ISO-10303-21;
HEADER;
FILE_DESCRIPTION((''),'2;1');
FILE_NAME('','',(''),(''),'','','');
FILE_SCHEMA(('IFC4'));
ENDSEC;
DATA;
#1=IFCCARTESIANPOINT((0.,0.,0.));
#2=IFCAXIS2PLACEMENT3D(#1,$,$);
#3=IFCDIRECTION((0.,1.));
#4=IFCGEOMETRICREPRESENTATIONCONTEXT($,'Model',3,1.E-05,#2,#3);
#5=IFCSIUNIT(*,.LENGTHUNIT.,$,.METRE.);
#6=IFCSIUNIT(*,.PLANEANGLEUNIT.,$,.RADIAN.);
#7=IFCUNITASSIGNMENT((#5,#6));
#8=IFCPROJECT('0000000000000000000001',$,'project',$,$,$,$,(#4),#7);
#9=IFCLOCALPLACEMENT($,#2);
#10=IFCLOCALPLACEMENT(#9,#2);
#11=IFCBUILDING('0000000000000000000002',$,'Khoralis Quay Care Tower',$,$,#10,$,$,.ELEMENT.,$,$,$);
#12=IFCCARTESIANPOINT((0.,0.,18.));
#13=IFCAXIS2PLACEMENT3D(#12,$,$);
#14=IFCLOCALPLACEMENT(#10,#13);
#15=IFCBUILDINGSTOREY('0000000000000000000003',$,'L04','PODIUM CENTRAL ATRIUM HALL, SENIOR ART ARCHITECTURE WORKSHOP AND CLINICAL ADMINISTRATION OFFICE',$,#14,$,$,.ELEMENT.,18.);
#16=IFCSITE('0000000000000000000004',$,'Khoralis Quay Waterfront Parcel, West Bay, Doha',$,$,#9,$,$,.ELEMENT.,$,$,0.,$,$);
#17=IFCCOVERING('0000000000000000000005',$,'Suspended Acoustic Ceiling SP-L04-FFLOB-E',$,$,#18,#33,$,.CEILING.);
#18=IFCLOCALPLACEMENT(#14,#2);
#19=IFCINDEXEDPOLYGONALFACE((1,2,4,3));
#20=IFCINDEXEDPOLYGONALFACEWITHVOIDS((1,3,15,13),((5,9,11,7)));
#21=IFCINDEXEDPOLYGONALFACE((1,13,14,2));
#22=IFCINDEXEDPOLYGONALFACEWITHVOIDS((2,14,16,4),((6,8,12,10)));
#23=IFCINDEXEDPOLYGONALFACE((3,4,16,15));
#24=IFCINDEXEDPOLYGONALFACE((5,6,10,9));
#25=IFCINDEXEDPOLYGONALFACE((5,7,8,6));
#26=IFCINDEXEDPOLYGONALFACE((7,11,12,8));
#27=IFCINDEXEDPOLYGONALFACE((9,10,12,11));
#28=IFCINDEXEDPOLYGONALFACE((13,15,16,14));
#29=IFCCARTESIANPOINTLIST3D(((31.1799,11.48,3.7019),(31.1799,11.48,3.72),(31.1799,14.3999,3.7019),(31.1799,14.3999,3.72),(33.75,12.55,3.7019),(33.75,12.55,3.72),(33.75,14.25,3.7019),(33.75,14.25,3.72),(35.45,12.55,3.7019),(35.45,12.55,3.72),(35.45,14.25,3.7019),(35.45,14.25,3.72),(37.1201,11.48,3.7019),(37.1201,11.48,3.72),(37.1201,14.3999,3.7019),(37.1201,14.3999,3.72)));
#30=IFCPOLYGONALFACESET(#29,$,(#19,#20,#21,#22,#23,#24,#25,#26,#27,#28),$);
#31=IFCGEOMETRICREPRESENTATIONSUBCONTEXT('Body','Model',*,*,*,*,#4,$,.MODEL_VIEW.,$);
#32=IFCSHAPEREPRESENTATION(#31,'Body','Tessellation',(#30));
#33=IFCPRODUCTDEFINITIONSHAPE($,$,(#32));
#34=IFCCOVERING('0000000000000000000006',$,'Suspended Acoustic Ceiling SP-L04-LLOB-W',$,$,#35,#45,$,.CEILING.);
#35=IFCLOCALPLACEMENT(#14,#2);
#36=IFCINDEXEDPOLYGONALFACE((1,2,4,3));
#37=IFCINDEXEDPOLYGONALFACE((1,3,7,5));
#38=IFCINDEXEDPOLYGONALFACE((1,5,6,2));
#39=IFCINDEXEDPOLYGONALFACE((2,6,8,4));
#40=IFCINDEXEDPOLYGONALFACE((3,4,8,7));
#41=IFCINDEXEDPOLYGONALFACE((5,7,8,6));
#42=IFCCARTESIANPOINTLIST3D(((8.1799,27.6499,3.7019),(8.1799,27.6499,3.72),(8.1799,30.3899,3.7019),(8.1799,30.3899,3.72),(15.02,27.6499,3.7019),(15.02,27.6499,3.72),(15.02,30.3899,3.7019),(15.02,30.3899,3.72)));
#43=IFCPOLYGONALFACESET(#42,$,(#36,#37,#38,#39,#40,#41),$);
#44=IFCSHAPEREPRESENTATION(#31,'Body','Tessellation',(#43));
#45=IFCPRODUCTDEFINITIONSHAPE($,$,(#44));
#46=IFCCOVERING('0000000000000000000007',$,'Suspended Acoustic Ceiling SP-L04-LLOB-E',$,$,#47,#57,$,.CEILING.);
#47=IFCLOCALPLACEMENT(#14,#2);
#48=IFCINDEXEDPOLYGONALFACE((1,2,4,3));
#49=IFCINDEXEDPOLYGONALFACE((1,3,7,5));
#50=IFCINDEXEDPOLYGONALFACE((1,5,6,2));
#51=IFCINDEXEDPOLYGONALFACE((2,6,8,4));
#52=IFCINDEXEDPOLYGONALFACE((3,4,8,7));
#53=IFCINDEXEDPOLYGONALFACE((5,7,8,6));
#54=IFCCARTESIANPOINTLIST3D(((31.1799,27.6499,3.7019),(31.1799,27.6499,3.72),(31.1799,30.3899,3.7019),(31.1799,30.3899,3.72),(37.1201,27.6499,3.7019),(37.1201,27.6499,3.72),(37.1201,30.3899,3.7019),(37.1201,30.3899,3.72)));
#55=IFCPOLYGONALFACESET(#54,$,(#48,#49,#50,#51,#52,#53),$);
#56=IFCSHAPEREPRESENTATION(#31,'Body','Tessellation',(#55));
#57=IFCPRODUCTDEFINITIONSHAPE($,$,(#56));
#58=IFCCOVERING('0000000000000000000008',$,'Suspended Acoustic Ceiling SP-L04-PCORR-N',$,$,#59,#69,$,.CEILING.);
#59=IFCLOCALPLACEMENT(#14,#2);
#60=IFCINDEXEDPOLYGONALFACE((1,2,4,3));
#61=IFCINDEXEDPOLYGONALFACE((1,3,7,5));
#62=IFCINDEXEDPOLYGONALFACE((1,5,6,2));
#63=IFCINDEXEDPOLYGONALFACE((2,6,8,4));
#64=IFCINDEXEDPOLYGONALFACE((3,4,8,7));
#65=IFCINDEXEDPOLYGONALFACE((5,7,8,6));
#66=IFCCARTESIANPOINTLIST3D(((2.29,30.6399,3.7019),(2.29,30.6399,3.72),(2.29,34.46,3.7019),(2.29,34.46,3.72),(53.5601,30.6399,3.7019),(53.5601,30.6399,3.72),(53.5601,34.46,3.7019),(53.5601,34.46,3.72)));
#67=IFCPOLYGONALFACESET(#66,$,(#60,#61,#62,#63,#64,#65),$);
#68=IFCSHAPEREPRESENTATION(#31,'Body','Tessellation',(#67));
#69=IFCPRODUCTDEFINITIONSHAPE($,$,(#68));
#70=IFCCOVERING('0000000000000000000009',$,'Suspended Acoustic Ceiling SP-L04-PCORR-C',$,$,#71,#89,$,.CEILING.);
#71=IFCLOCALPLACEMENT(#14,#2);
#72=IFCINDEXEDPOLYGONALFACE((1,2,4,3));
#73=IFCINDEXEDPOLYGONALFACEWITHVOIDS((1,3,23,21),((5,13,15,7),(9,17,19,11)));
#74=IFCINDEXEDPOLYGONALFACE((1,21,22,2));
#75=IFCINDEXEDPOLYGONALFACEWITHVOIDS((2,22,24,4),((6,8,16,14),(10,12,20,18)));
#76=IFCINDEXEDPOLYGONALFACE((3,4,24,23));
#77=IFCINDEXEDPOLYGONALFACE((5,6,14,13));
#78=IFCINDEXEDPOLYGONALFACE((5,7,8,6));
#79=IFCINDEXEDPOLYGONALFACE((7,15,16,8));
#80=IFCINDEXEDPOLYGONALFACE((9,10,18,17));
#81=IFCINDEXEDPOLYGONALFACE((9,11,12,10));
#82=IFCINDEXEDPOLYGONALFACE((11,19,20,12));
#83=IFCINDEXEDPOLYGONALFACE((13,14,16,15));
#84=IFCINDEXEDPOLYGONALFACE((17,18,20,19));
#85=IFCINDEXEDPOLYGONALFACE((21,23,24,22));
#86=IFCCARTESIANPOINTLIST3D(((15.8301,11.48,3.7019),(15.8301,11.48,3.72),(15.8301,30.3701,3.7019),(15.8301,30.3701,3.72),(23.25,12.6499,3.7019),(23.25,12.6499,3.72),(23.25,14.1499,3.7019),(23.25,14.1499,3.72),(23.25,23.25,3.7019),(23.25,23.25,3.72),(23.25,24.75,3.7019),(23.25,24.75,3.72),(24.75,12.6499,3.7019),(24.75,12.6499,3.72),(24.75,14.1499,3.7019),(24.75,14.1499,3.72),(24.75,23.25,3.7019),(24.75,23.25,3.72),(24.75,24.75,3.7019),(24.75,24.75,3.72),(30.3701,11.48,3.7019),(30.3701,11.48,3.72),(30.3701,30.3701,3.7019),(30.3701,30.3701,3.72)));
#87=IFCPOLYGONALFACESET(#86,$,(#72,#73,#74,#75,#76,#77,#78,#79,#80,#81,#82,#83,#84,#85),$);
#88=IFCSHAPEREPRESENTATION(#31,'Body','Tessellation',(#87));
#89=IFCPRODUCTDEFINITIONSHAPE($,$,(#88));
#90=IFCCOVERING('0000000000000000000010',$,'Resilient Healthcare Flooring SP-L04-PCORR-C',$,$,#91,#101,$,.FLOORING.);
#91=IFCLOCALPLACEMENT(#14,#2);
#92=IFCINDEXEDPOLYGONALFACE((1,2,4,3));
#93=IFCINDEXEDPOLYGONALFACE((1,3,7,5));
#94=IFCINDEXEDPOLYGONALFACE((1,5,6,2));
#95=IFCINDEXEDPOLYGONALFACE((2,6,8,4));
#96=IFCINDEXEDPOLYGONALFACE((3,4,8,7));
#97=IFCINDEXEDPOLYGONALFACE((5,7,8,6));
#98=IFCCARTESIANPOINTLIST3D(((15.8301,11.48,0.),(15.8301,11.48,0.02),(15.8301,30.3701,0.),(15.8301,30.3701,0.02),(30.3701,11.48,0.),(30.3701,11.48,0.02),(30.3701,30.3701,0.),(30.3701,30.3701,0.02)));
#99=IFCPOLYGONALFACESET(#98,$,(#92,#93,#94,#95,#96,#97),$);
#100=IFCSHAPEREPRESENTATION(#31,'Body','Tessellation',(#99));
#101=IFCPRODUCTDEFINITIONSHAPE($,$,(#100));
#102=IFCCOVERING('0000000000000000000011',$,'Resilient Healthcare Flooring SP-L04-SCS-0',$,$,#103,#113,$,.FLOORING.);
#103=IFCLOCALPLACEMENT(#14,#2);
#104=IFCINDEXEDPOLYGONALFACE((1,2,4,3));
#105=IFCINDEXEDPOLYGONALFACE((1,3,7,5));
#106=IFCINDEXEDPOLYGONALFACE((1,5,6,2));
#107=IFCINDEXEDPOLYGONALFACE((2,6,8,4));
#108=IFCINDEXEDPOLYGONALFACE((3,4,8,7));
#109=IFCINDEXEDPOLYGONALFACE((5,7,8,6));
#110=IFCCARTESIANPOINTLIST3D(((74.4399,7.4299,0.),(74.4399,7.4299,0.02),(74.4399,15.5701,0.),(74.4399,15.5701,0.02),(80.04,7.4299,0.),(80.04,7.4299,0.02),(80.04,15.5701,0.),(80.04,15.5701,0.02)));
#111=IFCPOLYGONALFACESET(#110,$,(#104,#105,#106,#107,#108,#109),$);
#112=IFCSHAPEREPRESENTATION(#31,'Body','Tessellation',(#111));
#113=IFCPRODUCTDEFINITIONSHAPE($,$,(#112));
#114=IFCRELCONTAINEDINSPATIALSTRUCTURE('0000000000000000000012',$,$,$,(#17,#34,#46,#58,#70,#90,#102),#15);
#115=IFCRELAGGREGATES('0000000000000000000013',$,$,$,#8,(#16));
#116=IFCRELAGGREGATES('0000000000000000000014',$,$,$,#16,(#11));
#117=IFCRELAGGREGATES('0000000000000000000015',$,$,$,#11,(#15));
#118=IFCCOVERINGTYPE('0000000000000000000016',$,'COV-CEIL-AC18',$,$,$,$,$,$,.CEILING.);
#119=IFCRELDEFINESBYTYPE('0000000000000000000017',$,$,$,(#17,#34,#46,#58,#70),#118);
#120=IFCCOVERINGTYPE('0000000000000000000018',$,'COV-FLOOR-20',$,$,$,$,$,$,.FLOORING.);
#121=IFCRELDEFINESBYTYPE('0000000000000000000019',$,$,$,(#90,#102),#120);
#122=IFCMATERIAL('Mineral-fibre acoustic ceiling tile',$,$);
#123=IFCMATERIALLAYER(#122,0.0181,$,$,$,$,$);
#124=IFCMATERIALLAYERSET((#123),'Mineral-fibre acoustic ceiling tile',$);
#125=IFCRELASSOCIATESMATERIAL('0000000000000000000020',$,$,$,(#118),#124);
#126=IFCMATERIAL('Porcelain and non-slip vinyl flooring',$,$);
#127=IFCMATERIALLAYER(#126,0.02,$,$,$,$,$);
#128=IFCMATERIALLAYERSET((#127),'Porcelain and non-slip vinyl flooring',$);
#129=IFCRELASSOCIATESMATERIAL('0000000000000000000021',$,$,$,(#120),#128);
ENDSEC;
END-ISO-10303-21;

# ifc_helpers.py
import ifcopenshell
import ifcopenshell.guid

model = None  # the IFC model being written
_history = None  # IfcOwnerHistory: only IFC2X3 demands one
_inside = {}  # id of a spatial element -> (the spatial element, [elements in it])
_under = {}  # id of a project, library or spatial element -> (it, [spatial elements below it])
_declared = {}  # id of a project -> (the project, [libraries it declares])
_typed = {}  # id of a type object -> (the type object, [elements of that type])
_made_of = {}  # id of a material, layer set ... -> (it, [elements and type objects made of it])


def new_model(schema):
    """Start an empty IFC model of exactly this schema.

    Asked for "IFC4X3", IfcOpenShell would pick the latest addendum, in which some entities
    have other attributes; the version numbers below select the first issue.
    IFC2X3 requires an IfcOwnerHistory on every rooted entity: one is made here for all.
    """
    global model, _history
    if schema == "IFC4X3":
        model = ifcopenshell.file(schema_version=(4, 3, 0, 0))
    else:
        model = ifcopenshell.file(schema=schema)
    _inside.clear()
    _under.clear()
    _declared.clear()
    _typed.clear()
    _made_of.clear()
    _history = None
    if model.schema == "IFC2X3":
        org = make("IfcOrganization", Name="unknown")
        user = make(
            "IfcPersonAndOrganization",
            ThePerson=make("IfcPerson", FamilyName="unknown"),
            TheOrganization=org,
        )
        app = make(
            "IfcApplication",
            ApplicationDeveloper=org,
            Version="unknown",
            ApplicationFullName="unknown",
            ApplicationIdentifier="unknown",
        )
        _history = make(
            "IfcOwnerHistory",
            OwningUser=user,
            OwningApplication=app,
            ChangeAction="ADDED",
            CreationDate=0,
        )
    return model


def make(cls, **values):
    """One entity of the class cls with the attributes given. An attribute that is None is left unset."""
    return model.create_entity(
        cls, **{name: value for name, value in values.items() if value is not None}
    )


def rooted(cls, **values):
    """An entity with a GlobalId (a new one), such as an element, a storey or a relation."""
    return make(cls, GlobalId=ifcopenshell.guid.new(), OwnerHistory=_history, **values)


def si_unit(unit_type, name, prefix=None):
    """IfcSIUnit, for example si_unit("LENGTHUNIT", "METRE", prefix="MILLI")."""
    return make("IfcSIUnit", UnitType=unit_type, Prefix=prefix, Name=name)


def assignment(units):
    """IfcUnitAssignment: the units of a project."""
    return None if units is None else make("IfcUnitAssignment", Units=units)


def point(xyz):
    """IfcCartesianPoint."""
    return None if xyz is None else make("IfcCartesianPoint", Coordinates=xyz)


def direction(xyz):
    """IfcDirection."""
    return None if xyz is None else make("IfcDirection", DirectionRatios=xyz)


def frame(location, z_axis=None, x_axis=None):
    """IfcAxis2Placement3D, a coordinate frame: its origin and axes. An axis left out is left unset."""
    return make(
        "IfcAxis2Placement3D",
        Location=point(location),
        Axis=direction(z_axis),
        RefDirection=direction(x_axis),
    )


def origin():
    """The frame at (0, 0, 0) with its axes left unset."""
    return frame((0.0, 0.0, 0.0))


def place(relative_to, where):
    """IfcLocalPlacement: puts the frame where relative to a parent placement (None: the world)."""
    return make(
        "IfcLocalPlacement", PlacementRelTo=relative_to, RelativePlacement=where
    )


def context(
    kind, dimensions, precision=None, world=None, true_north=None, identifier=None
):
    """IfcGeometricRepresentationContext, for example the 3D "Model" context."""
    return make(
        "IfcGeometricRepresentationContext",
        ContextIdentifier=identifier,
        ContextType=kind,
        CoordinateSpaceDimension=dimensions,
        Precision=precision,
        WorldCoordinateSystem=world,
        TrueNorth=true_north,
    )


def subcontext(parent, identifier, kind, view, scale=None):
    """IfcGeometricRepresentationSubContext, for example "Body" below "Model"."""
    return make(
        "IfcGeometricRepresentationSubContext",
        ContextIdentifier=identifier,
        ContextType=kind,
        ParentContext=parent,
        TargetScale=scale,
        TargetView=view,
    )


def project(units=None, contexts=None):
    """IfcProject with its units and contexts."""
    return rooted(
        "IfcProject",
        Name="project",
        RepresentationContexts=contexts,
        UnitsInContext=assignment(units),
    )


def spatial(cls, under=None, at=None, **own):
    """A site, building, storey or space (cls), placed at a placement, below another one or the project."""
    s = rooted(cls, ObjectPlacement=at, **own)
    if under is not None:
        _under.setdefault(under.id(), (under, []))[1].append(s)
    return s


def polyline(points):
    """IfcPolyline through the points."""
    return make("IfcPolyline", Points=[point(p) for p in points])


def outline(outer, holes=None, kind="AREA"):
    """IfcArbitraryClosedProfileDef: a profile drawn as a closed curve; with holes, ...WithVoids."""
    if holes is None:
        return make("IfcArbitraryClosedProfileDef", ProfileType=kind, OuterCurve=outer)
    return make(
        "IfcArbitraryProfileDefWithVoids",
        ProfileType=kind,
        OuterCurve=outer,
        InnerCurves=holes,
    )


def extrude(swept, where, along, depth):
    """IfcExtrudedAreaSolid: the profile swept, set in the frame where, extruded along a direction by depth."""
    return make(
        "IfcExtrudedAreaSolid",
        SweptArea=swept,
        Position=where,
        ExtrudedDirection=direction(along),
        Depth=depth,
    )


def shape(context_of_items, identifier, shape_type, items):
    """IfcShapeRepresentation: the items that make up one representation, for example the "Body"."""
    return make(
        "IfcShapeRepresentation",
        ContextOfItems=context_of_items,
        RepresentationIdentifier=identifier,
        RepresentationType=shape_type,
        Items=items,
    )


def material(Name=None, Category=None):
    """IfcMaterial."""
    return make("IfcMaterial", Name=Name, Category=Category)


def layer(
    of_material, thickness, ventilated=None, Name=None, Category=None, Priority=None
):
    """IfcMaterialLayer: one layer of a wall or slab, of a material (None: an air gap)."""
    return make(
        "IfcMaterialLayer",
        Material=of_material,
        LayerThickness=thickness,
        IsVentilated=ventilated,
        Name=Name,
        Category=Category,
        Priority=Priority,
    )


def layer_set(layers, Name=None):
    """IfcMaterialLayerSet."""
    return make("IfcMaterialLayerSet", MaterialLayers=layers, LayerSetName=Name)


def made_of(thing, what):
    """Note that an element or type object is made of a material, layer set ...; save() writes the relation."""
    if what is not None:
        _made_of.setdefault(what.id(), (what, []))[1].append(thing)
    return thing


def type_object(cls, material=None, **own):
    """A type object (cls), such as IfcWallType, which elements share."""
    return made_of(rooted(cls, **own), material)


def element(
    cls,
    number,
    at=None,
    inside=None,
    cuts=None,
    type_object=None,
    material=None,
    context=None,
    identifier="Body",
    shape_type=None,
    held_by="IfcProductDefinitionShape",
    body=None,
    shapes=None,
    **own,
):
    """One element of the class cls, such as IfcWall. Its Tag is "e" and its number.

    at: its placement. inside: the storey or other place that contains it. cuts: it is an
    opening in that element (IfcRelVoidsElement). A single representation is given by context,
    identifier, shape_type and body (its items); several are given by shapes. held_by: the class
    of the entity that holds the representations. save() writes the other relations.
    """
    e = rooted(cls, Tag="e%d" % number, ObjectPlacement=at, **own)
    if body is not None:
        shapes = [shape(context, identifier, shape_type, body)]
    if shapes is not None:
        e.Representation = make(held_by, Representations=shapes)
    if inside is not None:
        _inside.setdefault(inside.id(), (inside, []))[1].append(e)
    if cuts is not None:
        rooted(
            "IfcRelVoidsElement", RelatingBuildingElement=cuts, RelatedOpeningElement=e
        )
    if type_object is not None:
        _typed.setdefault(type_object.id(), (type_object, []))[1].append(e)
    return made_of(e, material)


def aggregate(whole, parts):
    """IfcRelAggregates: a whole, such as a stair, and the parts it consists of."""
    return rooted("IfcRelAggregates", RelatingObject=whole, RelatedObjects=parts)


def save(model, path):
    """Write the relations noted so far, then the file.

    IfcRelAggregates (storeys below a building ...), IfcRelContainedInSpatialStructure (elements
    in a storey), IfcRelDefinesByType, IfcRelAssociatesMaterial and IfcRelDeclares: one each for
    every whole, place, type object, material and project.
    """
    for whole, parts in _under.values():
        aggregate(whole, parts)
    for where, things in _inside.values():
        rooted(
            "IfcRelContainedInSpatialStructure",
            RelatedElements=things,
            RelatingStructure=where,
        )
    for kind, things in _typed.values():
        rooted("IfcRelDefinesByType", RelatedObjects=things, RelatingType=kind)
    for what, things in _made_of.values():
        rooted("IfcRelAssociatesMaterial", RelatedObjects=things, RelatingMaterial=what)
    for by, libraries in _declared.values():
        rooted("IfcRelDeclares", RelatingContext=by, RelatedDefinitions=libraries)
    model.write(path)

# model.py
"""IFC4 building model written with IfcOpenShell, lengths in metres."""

from ifc_helpers import new_model, si_unit, direction, frame, origin, place, context, subcontext, project, spatial, polyline, outline, extrude, material, layer, layer_set, type_object, element, save


model = new_model("IFC4")

# Units and contexts
model_context = context("Model", 3, precision=1e-05, world=origin(), true_north=direction((0.0, 1.0)))
body_context = subcontext(model_context, "Body", "Model", "MODEL_VIEW")
ifc_project = project(units=[si_unit("LENGTHUNIT", "METRE"), si_unit("PLANEANGLEUNIT", "RADIAN")], contexts=[model_context])

# Site, building, storey
site_placement = place(None, origin())
site = spatial("IfcSite", under=ifc_project, at=site_placement, Name="Khoralis Quay Waterfront Parcel, West Bay, Doha", CompositionType="ELEMENT", RefElevation=0.0)
building_placement = place(site_placement, origin())
building = spatial("IfcBuilding", under=site, at=building_placement, Name="Khoralis Quay Care Tower", CompositionType="ELEMENT")
storey_placement = place(building_placement, frame((0.0, 0.0, 18.0)))
storey = spatial("IfcBuildingStorey", under=building, at=storey_placement, Name="L04", Description="PODIUM CENTRAL ATRIUM HALL, SENIOR ART ARCHITECTURE WORKSHOP AND CLINICAL ADMINISTRATION OFFICE", CompositionType="ELEMENT", Elevation=18.0)

# Coverings
ifc_material_1 = material(Name="Mineral-fibre acoustic ceiling tile")
ifc_layer_1 = layer(ifc_material_1, 0.0181)
ifc_layer_set_1 = layer_set([ifc_layer_1], Name="Mineral-fibre acoustic ceiling tile")
covering_type_1 = type_object("IfcCoveringType", Name="COV-CEIL-AC18", PredefinedType="CEILING", material=ifc_layer_set_1)
covering_1_placement = place(storey_placement, frame((0.0, 0.0, 3.7019)))
element("IfcCovering", 1, at=covering_1_placement, inside=storey, type_object=covering_type_1, Name="Suspended Acoustic Ceiling SP-L04-FFLOB-E", PredefinedType="CEILING", context=body_context, shape_type="SweptSolid", body=[
    extrude(outline(polyline([(31.1799, 11.48), (37.1201, 11.48), (37.1201, 14.3999), (31.1799, 14.3999), (31.1799, 11.48)]), holes=[polyline([(33.75, 12.55), (35.45, 12.55), (35.45, 14.25), (33.75, 14.25), (33.75, 12.55)])]), origin(), (0.0, 0.0, 1.0), 0.0181),
])
covering_2_placement = place(storey_placement, frame((0.0, 0.0, 3.7019)))
element("IfcCovering", 2, at=covering_2_placement, inside=storey, type_object=covering_type_1, Name="Suspended Acoustic Ceiling SP-L04-LLOB-W", PredefinedType="CEILING", context=body_context, shape_type="SweptSolid", body=[
    extrude(outline(polyline([(8.1799, 27.6499), (15.02, 27.6499), (15.02, 30.3899), (8.1799, 30.3899), (8.1799, 27.6499)])), origin(), (0.0, 0.0, 1.0), 0.0181),
])
covering_3_placement = place(storey_placement, frame((0.0, 0.0, 3.7019)))
element("IfcCovering", 3, at=covering_3_placement, inside=storey, type_object=covering_type_1, Name="Suspended Acoustic Ceiling SP-L04-LLOB-E", PredefinedType="CEILING", context=body_context, shape_type="SweptSolid", body=[
    extrude(outline(polyline([(31.1799, 27.6499), (37.1201, 27.6499), (37.1201, 30.3899), (31.1799, 30.3899), (31.1799, 27.6499)])), origin(), (0.0, 0.0, 1.0), 0.0181),
])
covering_4_placement = place(storey_placement, frame((0.0, 0.0, 3.7019)))
element("IfcCovering", 4, at=covering_4_placement, inside=storey, type_object=covering_type_1, Name="Suspended Acoustic Ceiling SP-L04-PCORR-N", PredefinedType="CEILING", context=body_context, shape_type="SweptSolid", body=[
    extrude(outline(polyline([(2.29, 30.6399), (53.5601, 30.6399), (53.5601, 34.46), (2.29, 34.46), (2.29, 30.6399)])), origin(), (0.0, 0.0, 1.0), 0.0181),
])
covering_5_placement = place(storey_placement, frame((0.0, 0.0, 3.7019)))
element("IfcCovering", 5, at=covering_5_placement, inside=storey, type_object=covering_type_1, Name="Suspended Acoustic Ceiling SP-L04-PCORR-C", PredefinedType="CEILING", context=body_context, shape_type="SweptSolid", body=[
    extrude(outline(polyline([(15.8301, 11.48), (30.3701, 11.48), (30.3701, 30.3701), (15.8301, 30.3701), (15.8301, 11.48)]), holes=[polyline([(23.25, 12.6499), (24.75, 12.6499), (24.75, 14.1499), (23.25, 14.1499), (23.25, 12.6499)]), polyline([(23.25, 23.25), (24.75, 23.25), (24.75, 24.75), (23.25, 24.75), (23.25, 23.25)])]), origin(), (0.0, 0.0, 1.0), 0.0181),
])
ifc_material_2 = material(Name="Porcelain and non-slip vinyl flooring")
ifc_layer_2 = layer(ifc_material_2, 0.02)
ifc_layer_set_2 = layer_set([ifc_layer_2], Name="Porcelain and non-slip vinyl flooring")
covering_type_2 = type_object("IfcCoveringType", Name="COV-FLOOR-20", PredefinedType="FLOORING", material=ifc_layer_set_2)
covering_6_placement = place(storey_placement, origin())
element("IfcCovering", 6, at=covering_6_placement, inside=storey, type_object=covering_type_2, Name="Resilient Healthcare Flooring SP-L04-PCORR-C", PredefinedType="FLOORING", context=body_context, shape_type="SweptSolid", body=[
    extrude(outline(polyline([(15.8301, 11.48), (30.3701, 11.48), (30.3701, 30.3701), (15.8301, 30.3701), (15.8301, 11.48)])), origin(), (0.0, 0.0, 1.0), 0.02),
])
covering_7_placement = place(storey_placement, origin())
element("IfcCovering", 7, at=covering_7_placement, inside=storey, type_object=covering_type_2, Name="Resilient Healthcare Flooring SP-L04-SCS-0", PredefinedType="FLOORING", context=body_context, shape_type="SweptSolid", body=[
    extrude(outline(polyline([(74.4399, 7.4299), (80.04, 7.4299), (80.04, 15.5701), (74.4399, 15.5701), (74.4399, 7.4299)])), origin(), (0.0, 0.0, 1.0), 0.02),
])

save(model, "model.ifc")
